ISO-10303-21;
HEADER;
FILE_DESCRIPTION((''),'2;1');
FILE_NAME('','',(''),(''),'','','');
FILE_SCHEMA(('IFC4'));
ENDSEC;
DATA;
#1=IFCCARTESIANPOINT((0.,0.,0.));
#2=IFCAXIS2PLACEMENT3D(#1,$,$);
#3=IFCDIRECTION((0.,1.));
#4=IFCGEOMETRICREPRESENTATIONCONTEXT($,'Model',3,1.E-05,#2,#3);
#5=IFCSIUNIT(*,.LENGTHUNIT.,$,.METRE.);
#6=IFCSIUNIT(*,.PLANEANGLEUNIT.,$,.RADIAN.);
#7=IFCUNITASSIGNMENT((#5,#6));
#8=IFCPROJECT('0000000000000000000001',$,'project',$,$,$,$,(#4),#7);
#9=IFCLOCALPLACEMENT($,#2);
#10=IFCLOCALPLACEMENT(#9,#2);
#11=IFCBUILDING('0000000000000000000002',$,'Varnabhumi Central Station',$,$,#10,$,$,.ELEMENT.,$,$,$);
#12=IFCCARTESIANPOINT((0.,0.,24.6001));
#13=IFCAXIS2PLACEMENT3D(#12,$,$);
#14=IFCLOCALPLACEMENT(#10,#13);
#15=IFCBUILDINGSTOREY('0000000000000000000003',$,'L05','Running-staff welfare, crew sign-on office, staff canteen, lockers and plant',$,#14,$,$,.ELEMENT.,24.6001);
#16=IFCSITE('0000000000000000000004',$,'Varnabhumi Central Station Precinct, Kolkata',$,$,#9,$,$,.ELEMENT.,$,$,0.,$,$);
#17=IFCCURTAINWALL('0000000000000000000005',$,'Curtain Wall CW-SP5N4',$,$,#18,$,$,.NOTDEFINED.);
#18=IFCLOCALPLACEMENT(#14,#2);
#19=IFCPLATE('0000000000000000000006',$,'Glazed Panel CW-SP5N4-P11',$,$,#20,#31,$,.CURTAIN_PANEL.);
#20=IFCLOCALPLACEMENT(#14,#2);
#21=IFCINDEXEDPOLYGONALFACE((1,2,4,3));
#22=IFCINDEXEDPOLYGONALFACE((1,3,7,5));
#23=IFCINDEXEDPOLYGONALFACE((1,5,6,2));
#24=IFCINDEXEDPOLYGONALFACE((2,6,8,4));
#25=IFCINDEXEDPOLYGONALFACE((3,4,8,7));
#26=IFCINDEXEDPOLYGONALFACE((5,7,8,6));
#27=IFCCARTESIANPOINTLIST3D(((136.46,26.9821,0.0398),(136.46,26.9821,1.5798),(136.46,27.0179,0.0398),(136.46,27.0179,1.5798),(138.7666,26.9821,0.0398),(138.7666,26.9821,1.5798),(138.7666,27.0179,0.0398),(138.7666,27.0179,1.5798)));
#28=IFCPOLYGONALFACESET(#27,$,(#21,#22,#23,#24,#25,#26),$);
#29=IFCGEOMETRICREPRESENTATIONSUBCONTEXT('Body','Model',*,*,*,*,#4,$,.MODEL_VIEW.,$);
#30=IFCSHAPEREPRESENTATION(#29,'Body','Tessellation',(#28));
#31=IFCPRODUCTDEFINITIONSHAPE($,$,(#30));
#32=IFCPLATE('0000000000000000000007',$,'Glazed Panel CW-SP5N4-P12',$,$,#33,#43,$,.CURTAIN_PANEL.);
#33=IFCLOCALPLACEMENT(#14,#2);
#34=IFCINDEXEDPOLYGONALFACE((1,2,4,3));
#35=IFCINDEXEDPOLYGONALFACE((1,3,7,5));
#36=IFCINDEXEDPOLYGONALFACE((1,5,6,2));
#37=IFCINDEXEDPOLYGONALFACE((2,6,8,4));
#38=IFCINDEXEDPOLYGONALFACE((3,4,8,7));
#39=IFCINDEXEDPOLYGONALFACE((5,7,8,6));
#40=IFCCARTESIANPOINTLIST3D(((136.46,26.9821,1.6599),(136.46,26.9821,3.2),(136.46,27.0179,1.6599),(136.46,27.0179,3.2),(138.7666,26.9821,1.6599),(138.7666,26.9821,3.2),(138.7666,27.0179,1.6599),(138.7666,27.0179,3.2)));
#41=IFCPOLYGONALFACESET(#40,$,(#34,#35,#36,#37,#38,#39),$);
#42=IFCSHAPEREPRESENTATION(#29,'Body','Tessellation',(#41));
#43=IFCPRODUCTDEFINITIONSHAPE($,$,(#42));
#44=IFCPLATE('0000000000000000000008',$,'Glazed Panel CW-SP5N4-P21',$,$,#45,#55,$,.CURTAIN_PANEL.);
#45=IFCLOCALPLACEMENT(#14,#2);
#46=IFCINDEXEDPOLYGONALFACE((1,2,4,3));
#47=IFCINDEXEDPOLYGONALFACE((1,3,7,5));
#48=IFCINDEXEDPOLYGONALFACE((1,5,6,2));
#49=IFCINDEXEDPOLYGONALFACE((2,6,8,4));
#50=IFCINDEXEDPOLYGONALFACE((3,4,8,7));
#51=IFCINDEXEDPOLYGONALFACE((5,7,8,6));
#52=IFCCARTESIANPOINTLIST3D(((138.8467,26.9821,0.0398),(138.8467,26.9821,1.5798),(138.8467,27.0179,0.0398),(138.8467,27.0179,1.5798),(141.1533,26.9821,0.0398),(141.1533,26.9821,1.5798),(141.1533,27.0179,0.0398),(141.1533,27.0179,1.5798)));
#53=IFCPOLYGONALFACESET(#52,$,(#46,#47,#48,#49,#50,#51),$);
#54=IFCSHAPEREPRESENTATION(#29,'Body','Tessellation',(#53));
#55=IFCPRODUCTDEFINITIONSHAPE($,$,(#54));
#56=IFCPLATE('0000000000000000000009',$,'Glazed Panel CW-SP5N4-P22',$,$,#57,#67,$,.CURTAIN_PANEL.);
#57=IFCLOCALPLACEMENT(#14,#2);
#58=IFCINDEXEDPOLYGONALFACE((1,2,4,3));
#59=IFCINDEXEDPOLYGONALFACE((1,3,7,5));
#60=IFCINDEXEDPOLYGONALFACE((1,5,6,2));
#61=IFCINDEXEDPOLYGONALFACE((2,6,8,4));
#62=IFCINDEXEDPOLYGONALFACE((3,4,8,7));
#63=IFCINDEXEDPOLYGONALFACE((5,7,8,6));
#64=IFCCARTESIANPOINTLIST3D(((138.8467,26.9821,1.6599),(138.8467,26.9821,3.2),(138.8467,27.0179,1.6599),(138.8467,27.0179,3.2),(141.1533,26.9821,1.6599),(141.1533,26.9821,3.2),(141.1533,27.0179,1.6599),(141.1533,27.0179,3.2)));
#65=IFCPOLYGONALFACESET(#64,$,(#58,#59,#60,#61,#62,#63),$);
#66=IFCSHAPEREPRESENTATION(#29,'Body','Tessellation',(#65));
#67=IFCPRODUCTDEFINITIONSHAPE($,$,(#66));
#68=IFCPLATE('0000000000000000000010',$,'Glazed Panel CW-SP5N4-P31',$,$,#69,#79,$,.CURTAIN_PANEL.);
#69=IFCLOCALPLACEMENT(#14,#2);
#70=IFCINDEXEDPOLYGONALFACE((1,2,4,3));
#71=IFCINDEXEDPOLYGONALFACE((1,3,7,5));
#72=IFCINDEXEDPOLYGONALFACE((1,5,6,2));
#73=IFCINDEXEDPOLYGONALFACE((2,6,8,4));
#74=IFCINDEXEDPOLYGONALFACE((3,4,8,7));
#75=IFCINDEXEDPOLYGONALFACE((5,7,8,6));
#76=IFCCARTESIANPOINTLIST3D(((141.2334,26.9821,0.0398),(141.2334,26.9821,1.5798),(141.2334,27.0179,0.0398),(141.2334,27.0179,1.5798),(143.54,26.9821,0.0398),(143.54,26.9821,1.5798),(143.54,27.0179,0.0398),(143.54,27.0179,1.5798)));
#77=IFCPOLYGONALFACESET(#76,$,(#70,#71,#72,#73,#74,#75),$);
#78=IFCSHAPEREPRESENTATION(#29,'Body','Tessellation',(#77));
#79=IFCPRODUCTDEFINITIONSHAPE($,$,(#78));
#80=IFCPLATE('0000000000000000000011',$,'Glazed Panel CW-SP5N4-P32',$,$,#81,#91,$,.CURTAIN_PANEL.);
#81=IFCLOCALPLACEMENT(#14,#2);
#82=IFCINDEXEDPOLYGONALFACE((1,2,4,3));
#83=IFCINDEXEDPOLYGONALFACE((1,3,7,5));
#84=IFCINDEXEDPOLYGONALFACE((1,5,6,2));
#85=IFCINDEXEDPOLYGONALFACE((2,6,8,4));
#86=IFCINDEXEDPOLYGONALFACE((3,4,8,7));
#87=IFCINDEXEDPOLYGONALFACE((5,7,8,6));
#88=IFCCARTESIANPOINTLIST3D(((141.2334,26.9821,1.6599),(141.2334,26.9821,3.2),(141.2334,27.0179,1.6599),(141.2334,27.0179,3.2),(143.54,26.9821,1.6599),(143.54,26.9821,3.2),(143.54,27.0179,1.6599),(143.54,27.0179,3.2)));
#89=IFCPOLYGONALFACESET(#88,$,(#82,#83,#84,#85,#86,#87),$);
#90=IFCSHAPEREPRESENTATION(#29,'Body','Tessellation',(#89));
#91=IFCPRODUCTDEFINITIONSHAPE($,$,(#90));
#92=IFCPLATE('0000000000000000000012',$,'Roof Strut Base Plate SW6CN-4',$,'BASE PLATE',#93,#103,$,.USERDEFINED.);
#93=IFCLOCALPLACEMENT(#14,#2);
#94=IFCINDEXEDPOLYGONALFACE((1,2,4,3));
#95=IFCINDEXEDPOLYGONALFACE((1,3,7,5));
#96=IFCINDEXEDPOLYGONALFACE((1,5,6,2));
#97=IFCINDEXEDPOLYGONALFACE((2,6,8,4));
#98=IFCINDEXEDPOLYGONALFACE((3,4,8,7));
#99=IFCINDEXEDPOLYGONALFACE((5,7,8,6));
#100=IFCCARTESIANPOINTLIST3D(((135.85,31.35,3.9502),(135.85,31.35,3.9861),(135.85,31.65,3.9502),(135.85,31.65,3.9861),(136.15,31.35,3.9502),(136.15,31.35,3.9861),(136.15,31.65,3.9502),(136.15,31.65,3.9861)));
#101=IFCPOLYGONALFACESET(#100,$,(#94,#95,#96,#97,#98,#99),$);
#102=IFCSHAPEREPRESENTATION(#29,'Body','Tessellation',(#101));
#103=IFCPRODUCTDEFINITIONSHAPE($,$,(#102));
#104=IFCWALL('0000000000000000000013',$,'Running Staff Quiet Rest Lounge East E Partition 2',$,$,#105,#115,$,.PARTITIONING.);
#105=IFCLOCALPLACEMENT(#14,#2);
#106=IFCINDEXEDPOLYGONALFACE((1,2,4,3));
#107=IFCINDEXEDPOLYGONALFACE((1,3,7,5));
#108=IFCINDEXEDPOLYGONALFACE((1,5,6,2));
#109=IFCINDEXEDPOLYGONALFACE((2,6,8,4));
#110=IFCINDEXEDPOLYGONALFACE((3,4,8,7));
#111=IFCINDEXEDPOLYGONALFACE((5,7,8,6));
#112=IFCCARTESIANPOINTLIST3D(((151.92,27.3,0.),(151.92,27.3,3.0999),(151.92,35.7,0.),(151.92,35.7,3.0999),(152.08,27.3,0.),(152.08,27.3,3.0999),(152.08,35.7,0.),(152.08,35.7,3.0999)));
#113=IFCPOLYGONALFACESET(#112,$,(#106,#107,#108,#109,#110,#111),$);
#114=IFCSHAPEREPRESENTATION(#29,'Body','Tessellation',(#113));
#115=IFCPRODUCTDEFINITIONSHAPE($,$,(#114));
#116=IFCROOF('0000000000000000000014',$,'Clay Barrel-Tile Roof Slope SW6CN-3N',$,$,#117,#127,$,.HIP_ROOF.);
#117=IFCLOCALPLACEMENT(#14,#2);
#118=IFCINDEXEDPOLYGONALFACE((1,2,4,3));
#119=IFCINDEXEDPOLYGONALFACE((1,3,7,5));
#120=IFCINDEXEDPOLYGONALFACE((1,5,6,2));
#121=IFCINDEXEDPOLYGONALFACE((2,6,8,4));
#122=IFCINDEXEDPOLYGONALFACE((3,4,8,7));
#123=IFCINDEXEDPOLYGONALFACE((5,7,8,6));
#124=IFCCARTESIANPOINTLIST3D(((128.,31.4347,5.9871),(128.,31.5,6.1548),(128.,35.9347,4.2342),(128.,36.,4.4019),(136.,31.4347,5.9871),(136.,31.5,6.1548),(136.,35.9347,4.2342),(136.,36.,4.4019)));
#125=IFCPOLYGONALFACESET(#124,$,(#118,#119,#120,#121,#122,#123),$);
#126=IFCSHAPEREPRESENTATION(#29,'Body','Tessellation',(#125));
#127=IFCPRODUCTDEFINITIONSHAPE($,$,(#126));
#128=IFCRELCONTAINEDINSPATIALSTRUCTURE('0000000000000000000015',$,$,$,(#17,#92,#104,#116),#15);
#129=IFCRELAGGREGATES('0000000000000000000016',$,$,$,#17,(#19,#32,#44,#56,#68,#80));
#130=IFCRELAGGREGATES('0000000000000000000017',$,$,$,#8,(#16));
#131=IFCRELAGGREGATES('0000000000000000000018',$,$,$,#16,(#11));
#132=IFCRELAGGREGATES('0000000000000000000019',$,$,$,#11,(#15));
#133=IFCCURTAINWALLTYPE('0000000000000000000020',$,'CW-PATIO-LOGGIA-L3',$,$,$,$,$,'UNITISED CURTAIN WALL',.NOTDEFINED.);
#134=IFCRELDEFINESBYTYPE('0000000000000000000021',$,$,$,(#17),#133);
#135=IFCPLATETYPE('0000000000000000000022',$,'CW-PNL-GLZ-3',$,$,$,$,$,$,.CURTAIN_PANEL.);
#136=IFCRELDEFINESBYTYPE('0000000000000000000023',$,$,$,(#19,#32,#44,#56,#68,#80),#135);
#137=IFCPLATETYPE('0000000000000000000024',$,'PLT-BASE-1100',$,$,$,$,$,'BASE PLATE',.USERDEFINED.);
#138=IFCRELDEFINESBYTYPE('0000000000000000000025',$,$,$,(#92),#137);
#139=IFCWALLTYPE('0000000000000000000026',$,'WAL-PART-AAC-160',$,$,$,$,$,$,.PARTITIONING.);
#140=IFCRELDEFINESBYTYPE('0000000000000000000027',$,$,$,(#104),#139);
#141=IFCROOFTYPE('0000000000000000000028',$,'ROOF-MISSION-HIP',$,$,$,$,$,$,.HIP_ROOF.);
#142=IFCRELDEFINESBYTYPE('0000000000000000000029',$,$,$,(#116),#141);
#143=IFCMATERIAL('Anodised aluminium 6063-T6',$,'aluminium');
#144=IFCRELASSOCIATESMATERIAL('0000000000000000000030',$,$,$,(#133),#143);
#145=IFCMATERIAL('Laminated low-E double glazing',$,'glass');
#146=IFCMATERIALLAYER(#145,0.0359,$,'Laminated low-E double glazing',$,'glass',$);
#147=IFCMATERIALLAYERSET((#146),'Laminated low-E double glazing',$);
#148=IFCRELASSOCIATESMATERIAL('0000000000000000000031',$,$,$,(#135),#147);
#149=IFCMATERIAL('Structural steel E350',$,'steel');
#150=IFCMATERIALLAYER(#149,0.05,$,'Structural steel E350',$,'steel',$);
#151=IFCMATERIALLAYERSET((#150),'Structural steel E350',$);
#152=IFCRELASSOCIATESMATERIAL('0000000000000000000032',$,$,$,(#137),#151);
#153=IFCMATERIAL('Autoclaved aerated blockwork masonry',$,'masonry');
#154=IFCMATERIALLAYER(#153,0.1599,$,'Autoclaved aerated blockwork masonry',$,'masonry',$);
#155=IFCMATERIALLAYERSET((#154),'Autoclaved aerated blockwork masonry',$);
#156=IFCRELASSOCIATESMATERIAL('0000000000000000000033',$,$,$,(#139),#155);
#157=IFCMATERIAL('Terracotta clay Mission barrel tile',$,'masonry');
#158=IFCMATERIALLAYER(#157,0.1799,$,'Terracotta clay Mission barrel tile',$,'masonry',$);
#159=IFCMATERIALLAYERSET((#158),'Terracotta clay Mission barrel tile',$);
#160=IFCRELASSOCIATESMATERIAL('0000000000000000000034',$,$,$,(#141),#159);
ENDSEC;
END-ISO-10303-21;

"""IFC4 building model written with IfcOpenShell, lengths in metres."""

from ifc_helpers import new_model, si_unit, direction, frame, frame_2d, origin, origin_2d, place, context, subcontext, project, spatial, polyline, rectangle, outline, extrude, material, layer, layer_set, type_object, element, aggregate, save


model = new_model("IFC4")

# Units and contexts
model_context = context("Model", 3, precision=1e-05, world=origin(), true_north=direction((0.0, 1.0)))
body_context = subcontext(model_context, "Body", "Model", "MODEL_VIEW")
ifc_project = project(units=[si_unit("LENGTHUNIT", "METRE"), si_unit("PLANEANGLEUNIT", "RADIAN")], contexts=[model_context])

# Site, building, storey
site_placement = place(None, origin())
site = spatial("IfcSite", under=ifc_project, at=site_placement, Name="Varnabhumi Central Station Precinct, Kolkata", CompositionType="ELEMENT", RefElevation=0.0)
building_placement = place(site_placement, origin())
building = spatial("IfcBuilding", under=site, at=building_placement, Name="Varnabhumi Central Station", CompositionType="ELEMENT")
storey_placement = place(building_placement, frame((0.0, 0.0, 24.6001)))
storey = spatial("IfcBuildingStorey", under=building, at=storey_placement, Name="L05", Description="Running-staff welfare, crew sign-on office, staff canteen, lockers and plant", CompositionType="ELEMENT", Elevation=24.6001)

# Shared definitions
ifc_material_1 = material(Name="Structural steel E350", Category="steel")

# Curtain wall
ifc_material_2 = material(Name="Anodised aluminium 6063-T6", Category="aluminium")
curtain_wall_type = type_object("IfcCurtainWallType", Name="CW-PATIO-LOGGIA-L3", ElementType="UNITISED CURTAIN WALL", PredefinedType="NOTDEFINED", material=ifc_material_2)
curtain_wall_placement = place(storey_placement, origin())
curtain_wall = element("IfcCurtainWall", 1, at=curtain_wall_placement, inside=storey, type_object=curtain_wall_type, Name="Curtain Wall CW-SP5N4", PredefinedType="NOTDEFINED")

# Plates
ifc_material_3 = material(Name="Laminated low-E double glazing", Category="glass")
ifc_layer_1 = layer(ifc_material_3, 0.0359, Name="Laminated low-E double glazing", Category="glass")
ifc_layer_set_1 = layer_set([ifc_layer_1], Name="Laminated low-E double glazing")
plate_type_1 = type_object("IfcPlateType", Name="CW-PNL-GLZ-3", PredefinedType="CURTAIN_PANEL", material=ifc_layer_set_1)
plate_1_placement = place(storey_placement, frame((137.6133, 27.0, 0.0398), z_axis=(0.0, 0.0, 1.0), x_axis=(1.0, 0.0, 0.0)))
plate_1 = element("IfcPlate", 2, at=plate_1_placement, type_object=plate_type_1, Name="Glazed Panel CW-SP5N4-P11", PredefinedType="CURTAIN_PANEL", context=body_context, shape_type="SweptSolid", body=[
    extrude(rectangle(XDim=2.3066, YDim=0.0359, at=origin_2d()), origin(), (0.0, 0.0, 1.0), 1.54),
])
plate_2_placement = place(storey_placement, frame((137.6133, 27.0, 1.6599), z_axis=(0.0, 0.0, 1.0), x_axis=(1.0, 0.0, 0.0)))
plate_2 = element("IfcPlate", 3, at=plate_2_placement, type_object=plate_type_1, Name="Glazed Panel CW-SP5N4-P12", PredefinedType="CURTAIN_PANEL", context=body_context, shape_type="SweptSolid", body=[
    extrude(rectangle(XDim=2.3066, YDim=0.0359, at=origin_2d()), origin(), (0.0, 0.0, 1.0), 1.54),
])
plate_3_placement = place(storey_placement, frame((140.0, 27.0, 0.0398), z_axis=(0.0, 0.0, 1.0), x_axis=(1.0, 0.0, 0.0)))
plate_3 = element("IfcPlate", 4, at=plate_3_placement, type_object=plate_type_1, Name="Glazed Panel CW-SP5N4-P21", PredefinedType="CURTAIN_PANEL", context=body_context, shape_type="SweptSolid", body=[
    extrude(rectangle(XDim=2.3066, YDim=0.0359, at=origin_2d()), origin(), (0.0, 0.0, 1.0), 1.54),
])
plate_4_placement = place(storey_placement, frame((140.0, 27.0, 1.6599), z_axis=(0.0, 0.0, 1.0), x_axis=(1.0, 0.0, 0.0)))
plate_4 = element("IfcPlate", 5, at=plate_4_placement, type_object=plate_type_1, Name="Glazed Panel CW-SP5N4-P22", PredefinedType="CURTAIN_PANEL", context=body_context, shape_type="SweptSolid", body=[
    extrude(rectangle(XDim=2.3066, YDim=0.0359, at=origin_2d()), origin(), (0.0, 0.0, 1.0), 1.54),
])
plate_5_placement = place(storey_placement, frame((142.3867, 27.0, 0.0398), z_axis=(0.0, 0.0, 1.0), x_axis=(1.0, 0.0, 0.0)))
plate_5 = element("IfcPlate", 6, at=plate_5_placement, type_object=plate_type_1, Name="Glazed Panel CW-SP5N4-P31", PredefinedType="CURTAIN_PANEL", context=body_context, shape_type="SweptSolid", body=[
    extrude(rectangle(XDim=2.3066, YDim=0.0359, at=origin_2d()), origin(), (0.0, 0.0, 1.0), 1.54),
])
plate_6_placement = place(storey_placement, frame((142.3867, 27.0, 1.6599), z_axis=(0.0, 0.0, 1.0), x_axis=(1.0, 0.0, 0.0)))
plate_6 = element("IfcPlate", 7, at=plate_6_placement, type_object=plate_type_1, Name="Glazed Panel CW-SP5N4-P32", PredefinedType="CURTAIN_PANEL", context=body_context, shape_type="SweptSolid", body=[
    extrude(rectangle(XDim=2.3066, YDim=0.0359, at=origin_2d()), origin(), (0.0, 0.0, 1.0), 1.54),
])
aggregate(curtain_wall, [plate_1, plate_2, plate_3, plate_4, plate_5, plate_6])
ifc_layer_2 = layer(ifc_material_1, 0.05, Name="Structural steel E350", Category="steel")
ifc_layer_set_2 = layer_set([ifc_layer_2], Name="Structural steel E350")
plate_type_2 = type_object("IfcPlateType", Name="PLT-BASE-1100", ElementType="BASE PLATE", PredefinedType="USERDEFINED", material=ifc_layer_set_2)
plate_7_placement = place(storey_placement, frame((136.0, 31.5, 3.9502), z_axis=(0.0, 0.0, 1.0), x_axis=(1.0, 0.0, 0.0)))
element("IfcPlate", 8, at=plate_7_placement, inside=storey, type_object=plate_type_2, Name="Roof Strut Base Plate SW6CN-4", ObjectType="BASE PLATE", PredefinedType="USERDEFINED", context=body_context, shape_type="SweptSolid", body=[
    extrude(rectangle(XDim=0.3, YDim=0.3, at=origin_2d()), origin(), (0.0, 0.0, 1.0), 0.0359),
])

# Wall
ifc_material_4 = material(Name="Autoclaved aerated blockwork masonry", Category="masonry")
ifc_layer_3 = layer(ifc_material_4, 0.1599, Name="Autoclaved aerated blockwork masonry", Category="masonry")
ifc_layer_set_3 = layer_set([ifc_layer_3], Name="Autoclaved aerated blockwork masonry")
wall_type = type_object("IfcWallType", Name="WAL-PART-AAC-160", PredefinedType="PARTITIONING", material=ifc_layer_set_3)
wall_placement = place(storey_placement, frame((152.0, 27.3, 0.0), z_axis=(0.0, 0.0, 1.0), x_axis=(0.0, 1.0, 0.0)))
element("IfcWall", 9, at=wall_placement, inside=storey, type_object=wall_type, Name="Running Staff Quiet Rest Lounge East E Partition 2", PredefinedType="PARTITIONING", context=body_context, shape_type="SweptSolid", body=[
    extrude(rectangle(XDim=8.3999, YDim=0.1599, at=frame_2d((4.2, 0.0))), origin(), (0.0, 0.0, 1.0), 3.0999),
])

# Roof
ifc_material_5 = material(Name="Terracotta clay Mission barrel tile", Category="masonry")
ifc_layer_4 = layer(ifc_material_5, 0.1799, Name="Terracotta clay Mission barrel tile", Category="masonry")
ifc_layer_set_4 = layer_set([ifc_layer_4], Name="Terracotta clay Mission barrel tile")
roof_type = type_object("IfcRoofType", Name="ROOF-MISSION-HIP", PredefinedType="HIP_ROOF", material=ifc_layer_set_4)
roof_placement = place(storey_placement, frame((136.0, 36.0, 4.4019), z_axis=(0.0, 0.362973, 0.9318), x_axis=(-1.0, 0.0, 0.0)))
element("IfcRoof", 10, at=roof_placement, inside=storey, type_object=roof_type, Name="Clay Barrel-Tile Roof Slope SW6CN-3N", PredefinedType="HIP_ROOF", context=body_context, shape_type="SweptSolid", body=[
    extrude(outline(polyline([(0.0, 0.0), (8.0, 0.0), (8.0, 4.8294), (0.0, 4.8294), (0.0, 0.0)])), origin(), (0.0, 0.0, -1.0), 0.1799),
])

save(model, "model.ifc")
